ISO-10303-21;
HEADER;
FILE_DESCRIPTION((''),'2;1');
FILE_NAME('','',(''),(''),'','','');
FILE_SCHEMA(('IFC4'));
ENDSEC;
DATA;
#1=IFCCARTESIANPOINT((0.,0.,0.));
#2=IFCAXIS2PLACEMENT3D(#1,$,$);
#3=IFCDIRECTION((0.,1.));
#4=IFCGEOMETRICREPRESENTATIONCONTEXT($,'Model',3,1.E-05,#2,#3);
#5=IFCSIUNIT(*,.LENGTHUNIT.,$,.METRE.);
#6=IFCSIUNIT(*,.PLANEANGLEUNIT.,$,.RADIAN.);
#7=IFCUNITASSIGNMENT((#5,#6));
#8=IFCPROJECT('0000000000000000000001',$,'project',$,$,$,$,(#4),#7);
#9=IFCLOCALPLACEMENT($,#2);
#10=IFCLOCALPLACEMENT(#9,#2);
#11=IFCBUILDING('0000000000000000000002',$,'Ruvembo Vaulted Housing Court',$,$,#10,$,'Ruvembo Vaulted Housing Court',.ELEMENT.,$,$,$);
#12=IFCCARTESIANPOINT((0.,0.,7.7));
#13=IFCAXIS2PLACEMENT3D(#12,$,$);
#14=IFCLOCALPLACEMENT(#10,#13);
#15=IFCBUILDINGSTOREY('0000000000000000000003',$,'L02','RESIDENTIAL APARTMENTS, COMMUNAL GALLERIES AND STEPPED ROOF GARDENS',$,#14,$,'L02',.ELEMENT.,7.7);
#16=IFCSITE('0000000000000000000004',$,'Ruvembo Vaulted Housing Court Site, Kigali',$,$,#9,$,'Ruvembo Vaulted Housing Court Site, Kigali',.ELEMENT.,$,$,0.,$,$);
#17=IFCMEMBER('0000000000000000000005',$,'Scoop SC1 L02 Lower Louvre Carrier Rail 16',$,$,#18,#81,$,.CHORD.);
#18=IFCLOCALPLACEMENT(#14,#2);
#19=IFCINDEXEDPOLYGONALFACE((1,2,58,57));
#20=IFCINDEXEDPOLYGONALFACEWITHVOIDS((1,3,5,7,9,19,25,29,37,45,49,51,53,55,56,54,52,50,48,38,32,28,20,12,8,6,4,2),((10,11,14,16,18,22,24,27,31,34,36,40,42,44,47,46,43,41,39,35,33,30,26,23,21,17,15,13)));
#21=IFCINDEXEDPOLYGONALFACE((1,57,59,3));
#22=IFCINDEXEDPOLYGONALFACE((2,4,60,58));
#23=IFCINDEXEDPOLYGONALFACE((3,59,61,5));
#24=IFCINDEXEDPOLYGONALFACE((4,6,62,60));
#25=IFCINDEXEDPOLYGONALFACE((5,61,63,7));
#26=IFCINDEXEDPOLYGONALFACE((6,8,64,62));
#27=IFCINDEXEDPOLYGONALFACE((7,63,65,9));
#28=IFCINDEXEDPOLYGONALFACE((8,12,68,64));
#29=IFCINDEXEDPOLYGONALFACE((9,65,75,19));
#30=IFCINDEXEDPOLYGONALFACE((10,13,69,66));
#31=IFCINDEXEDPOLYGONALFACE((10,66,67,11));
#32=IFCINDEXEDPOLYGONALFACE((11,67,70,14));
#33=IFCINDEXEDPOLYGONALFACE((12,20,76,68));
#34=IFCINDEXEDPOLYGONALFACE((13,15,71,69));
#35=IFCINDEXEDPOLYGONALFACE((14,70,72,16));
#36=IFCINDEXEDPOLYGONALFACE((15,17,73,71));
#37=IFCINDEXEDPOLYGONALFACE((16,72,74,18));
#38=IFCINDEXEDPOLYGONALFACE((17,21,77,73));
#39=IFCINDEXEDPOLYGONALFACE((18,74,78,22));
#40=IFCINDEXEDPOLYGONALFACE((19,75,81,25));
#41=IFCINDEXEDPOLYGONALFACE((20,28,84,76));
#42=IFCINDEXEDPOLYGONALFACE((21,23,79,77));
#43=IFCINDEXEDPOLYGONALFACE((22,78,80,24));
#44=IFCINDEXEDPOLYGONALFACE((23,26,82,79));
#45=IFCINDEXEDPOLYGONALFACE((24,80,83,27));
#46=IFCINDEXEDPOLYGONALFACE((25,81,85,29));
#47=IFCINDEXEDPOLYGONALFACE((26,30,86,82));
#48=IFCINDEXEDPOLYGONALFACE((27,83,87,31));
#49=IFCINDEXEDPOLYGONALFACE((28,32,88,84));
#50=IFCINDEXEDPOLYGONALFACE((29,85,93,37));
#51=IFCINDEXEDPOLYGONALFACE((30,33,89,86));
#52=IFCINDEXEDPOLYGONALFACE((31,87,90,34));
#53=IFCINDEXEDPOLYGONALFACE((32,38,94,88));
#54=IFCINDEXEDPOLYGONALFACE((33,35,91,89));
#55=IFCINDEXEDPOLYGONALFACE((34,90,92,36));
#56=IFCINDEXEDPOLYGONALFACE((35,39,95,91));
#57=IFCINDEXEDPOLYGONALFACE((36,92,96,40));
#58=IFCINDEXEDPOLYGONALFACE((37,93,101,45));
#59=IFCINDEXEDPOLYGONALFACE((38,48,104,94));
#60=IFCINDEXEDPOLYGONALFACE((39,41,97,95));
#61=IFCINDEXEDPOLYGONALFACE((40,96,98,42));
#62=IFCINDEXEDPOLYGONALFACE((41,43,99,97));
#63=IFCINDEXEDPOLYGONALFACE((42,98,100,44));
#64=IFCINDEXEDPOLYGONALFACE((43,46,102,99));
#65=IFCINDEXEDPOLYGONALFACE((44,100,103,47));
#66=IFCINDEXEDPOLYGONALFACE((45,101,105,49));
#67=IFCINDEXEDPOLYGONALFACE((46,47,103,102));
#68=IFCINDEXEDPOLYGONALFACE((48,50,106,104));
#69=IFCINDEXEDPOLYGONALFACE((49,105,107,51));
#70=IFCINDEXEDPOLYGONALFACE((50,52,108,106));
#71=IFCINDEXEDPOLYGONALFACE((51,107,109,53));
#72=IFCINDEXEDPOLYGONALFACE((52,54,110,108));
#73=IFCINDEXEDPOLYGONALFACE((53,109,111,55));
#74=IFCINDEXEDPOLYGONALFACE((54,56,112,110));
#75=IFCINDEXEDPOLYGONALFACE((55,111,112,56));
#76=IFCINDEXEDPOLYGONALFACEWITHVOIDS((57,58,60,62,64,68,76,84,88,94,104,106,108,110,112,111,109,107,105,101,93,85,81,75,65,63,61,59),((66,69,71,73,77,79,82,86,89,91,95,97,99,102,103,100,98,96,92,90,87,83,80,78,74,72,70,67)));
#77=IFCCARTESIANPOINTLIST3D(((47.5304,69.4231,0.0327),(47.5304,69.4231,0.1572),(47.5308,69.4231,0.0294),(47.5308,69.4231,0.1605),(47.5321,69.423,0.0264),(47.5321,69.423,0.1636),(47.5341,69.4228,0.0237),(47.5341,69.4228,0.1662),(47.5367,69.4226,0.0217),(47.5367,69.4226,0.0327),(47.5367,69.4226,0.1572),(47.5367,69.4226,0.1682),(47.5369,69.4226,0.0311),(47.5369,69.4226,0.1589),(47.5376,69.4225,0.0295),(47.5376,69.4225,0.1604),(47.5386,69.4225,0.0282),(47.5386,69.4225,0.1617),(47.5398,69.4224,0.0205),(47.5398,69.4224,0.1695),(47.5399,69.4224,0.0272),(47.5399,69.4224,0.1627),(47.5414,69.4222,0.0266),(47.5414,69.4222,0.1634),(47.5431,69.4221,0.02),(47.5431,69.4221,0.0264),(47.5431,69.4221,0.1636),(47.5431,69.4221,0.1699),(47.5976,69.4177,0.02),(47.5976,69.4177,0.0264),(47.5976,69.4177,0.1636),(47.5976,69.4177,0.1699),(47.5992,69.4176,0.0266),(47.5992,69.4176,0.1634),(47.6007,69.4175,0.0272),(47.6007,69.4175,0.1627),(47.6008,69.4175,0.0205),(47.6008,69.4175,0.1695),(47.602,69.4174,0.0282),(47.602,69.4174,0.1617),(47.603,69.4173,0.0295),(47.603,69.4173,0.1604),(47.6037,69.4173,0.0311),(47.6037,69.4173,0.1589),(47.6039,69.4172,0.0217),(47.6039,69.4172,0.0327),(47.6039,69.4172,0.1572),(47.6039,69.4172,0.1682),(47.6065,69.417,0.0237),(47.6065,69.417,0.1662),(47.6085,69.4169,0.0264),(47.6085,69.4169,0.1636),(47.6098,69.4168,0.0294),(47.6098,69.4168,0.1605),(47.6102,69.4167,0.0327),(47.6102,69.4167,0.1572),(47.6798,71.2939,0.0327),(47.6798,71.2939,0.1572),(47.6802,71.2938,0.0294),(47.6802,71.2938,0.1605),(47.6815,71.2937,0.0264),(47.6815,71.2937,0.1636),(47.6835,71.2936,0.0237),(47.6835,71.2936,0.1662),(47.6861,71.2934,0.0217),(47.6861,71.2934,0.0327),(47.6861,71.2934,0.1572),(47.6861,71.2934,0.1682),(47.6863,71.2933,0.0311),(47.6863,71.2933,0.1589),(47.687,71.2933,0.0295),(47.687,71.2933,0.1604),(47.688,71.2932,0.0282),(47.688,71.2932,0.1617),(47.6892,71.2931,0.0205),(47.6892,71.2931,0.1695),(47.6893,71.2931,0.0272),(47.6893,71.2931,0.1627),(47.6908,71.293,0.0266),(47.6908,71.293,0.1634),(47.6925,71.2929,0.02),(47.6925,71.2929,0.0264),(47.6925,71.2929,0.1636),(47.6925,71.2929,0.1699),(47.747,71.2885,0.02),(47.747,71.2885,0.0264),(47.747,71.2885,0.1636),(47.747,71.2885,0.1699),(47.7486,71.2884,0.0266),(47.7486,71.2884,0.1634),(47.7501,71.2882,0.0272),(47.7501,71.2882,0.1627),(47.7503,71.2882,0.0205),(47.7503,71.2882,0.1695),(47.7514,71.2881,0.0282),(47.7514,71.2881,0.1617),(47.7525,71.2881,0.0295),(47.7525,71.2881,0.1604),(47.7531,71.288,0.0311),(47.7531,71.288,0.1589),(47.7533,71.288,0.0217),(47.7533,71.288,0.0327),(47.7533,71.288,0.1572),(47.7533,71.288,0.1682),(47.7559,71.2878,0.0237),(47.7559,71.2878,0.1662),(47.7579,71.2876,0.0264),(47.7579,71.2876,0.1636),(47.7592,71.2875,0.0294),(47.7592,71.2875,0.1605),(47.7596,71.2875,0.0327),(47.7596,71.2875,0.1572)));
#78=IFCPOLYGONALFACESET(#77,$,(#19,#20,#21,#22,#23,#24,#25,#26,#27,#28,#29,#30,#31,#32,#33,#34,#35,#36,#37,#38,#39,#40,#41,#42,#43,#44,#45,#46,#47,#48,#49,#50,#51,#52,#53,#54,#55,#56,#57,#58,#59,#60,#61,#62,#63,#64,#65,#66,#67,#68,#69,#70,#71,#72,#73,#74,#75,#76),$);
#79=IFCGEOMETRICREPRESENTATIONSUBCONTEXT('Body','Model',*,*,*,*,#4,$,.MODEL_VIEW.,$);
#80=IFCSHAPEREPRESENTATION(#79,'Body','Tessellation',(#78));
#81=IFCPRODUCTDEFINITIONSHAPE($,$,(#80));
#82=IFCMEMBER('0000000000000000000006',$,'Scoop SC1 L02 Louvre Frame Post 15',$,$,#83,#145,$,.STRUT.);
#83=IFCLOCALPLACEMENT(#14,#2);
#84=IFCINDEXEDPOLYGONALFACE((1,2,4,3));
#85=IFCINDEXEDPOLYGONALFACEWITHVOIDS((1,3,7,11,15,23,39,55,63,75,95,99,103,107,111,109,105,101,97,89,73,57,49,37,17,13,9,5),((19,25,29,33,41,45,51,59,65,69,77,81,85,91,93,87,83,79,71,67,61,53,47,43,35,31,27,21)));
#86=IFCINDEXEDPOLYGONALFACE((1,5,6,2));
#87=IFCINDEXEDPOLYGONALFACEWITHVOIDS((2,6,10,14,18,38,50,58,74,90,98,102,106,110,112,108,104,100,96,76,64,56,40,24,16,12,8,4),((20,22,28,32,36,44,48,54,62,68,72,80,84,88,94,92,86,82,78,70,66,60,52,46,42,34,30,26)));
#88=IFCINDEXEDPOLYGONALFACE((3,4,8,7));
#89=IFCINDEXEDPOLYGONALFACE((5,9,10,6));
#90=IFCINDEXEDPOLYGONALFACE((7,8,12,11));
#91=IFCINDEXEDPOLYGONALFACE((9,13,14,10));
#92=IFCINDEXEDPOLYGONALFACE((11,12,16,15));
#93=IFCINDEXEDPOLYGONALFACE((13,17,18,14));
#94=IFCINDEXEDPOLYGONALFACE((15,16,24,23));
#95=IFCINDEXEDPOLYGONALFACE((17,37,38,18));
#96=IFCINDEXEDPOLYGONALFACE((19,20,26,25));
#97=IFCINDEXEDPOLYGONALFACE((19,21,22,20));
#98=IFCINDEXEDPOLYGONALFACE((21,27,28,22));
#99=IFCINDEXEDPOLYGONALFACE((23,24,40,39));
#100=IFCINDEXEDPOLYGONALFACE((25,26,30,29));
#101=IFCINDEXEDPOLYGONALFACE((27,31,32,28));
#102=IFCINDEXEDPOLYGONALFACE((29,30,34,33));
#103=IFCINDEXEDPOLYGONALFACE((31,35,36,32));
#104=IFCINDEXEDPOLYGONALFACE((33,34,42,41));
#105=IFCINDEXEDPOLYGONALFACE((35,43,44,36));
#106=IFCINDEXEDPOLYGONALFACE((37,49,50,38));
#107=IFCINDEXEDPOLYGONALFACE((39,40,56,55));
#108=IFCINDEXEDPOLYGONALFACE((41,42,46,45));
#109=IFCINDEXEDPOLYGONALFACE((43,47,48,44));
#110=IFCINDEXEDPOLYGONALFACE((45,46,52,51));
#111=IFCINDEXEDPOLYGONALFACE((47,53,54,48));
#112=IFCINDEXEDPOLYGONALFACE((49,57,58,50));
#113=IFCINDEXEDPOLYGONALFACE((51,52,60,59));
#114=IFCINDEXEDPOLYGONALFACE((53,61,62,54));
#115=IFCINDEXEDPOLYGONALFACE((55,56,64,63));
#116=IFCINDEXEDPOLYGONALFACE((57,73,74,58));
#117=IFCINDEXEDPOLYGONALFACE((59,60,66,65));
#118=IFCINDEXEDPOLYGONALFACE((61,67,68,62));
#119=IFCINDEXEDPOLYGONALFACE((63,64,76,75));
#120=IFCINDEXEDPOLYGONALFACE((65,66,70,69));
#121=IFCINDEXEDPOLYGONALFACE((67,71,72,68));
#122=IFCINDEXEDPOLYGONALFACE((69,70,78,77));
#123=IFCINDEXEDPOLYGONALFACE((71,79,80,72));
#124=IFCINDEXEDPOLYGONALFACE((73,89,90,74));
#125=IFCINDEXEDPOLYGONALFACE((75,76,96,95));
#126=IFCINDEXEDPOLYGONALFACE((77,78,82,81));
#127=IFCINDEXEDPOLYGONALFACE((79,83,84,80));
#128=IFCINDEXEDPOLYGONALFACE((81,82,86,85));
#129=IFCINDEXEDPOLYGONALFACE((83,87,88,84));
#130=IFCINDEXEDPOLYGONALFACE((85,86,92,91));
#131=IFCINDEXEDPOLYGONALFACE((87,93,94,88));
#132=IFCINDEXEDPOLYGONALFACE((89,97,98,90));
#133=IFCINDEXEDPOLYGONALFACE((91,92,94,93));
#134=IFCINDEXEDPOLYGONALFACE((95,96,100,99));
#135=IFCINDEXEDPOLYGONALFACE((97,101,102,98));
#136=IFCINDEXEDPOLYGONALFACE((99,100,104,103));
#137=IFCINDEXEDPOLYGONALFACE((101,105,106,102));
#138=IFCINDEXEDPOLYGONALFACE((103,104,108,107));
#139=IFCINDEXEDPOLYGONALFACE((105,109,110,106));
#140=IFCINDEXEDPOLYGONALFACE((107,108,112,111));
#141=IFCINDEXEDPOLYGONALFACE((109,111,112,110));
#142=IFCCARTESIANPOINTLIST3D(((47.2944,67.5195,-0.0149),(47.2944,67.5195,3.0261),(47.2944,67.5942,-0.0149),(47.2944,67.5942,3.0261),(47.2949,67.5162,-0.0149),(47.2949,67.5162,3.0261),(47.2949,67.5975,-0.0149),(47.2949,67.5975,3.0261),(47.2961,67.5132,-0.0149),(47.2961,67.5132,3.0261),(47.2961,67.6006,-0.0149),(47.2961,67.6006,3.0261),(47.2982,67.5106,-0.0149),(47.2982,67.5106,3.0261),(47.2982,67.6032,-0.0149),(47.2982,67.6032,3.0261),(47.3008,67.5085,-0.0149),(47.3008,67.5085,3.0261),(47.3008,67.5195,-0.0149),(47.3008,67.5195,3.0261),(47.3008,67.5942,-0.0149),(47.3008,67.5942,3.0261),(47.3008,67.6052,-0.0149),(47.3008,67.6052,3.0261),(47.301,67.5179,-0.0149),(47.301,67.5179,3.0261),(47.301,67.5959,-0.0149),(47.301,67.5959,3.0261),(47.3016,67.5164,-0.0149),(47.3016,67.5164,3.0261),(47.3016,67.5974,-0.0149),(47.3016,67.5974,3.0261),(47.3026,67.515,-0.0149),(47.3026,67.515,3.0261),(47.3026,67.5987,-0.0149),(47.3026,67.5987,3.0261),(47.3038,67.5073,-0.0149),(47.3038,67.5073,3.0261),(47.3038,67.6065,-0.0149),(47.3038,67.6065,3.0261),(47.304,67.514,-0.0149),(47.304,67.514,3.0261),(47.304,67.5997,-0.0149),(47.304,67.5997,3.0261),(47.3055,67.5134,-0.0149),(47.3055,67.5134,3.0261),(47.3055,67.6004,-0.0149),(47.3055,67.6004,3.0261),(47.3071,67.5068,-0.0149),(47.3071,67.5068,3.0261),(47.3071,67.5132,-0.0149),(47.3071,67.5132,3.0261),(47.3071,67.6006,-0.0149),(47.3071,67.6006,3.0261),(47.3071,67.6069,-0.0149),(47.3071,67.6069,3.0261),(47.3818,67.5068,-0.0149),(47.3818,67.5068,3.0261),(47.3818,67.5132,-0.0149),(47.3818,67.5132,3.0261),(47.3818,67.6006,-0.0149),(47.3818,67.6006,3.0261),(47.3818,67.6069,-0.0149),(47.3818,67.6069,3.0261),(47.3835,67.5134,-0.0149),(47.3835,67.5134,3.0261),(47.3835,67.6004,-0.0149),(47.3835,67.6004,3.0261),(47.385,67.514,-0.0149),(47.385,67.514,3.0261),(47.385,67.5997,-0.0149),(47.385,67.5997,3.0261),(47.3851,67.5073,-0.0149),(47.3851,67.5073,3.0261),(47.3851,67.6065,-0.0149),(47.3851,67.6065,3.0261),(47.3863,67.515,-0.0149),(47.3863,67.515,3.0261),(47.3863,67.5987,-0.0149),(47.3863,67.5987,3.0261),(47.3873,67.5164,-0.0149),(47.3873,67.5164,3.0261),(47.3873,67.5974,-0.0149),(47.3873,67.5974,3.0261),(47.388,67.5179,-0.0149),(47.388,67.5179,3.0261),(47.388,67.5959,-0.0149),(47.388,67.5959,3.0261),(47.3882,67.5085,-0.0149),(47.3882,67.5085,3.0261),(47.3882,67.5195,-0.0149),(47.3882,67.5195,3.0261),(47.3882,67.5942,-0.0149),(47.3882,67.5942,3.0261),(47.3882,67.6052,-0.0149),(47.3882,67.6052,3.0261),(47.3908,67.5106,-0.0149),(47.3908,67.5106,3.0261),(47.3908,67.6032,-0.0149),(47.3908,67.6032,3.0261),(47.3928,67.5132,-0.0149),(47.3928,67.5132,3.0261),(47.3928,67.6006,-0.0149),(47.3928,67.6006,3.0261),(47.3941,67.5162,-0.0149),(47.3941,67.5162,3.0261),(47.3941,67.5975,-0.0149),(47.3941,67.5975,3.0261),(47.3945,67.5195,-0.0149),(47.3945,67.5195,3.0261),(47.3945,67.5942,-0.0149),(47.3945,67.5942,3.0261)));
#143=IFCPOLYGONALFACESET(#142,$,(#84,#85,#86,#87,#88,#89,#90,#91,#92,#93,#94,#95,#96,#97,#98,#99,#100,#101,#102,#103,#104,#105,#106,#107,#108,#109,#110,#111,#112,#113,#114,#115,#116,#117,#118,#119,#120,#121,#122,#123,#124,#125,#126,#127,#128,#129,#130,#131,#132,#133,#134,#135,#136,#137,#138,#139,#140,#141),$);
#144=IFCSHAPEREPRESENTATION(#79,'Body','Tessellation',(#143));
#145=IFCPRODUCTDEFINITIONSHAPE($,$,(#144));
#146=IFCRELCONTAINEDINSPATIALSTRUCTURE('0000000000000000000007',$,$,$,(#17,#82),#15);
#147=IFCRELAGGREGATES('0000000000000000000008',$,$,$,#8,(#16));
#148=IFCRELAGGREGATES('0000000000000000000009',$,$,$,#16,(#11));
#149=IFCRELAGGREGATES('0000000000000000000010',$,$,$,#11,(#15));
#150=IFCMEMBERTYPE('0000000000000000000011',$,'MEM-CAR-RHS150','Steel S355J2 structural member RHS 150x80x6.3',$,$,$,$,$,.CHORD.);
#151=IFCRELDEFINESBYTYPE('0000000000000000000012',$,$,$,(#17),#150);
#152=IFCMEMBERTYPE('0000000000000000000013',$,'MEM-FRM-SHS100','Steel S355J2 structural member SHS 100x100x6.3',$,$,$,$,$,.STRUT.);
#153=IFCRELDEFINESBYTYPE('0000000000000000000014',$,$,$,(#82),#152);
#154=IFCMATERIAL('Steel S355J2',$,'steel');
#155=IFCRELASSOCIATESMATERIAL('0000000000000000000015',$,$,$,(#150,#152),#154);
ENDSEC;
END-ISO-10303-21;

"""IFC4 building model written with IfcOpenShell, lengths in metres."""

from ifc_helpers import new_model, si_unit, direction, frame, origin, origin_2d, place, context, subcontext, project, spatial, hollow_rectangle, extrude, material, material_profile, profile_set, type_object, element, save


model = new_model("IFC4")

# Units and contexts
model_context = context("Model", 3, precision=1e-05, world=origin(), true_north=direction((0.0, 1.0)))
body_context = subcontext(model_context, "Body", "Model", "MODEL_VIEW")
ifc_project = project(units=[si_unit("LENGTHUNIT", "METRE"), si_unit("PLANEANGLEUNIT", "RADIAN")], contexts=[model_context])

# Site, building, storey
site_placement = place(None, origin())
site = spatial("IfcSite", under=ifc_project, at=site_placement, Name="Ruvembo Vaulted Housing Court Site, Kigali", LongName="Ruvembo Vaulted Housing Court Site, Kigali", CompositionType="ELEMENT", RefElevation=0.0)
building_placement = place(site_placement, origin())
building = spatial("IfcBuilding", under=site, at=building_placement, Name="Ruvembo Vaulted Housing Court", LongName="Ruvembo Vaulted Housing Court", CompositionType="ELEMENT")
storey_placement = place(building_placement, frame((0.0, 0.0, 7.7)))
storey = spatial("IfcBuildingStorey", under=building, at=storey_placement, Name="L02", Description="RESIDENTIAL APARTMENTS, COMMUNAL GALLERIES AND STEPPED ROOF GARDENS", LongName="L02", CompositionType="ELEMENT", Elevation=7.7)

# Shared definitions
ifc_material_1 = material(Name="Steel S355J2", Category="steel")

# Members
ifc_material_profile_1 = material_profile(ifc_material_1, hollow_rectangle(XDim=0.0801, YDim=0.1499, WallThickness=0.0063, InnerFilletRadius=0.0063, OuterFilletRadius=0.0127, at=origin_2d()), Name="RHS 150x80x6.3")
ifc_profile_set_1 = profile_set([ifc_material_profile_1], Name="Steel S355J2")
member_type_1 = type_object("IfcMemberType", Name="MEM-CAR-RHS150", Description="Steel S355J2 structural member RHS 150x80x6.3", PredefinedType="CHORD", material=ifc_profile_set_1)
for number, where, z_axis, x_axis, name in (
    (1, (47.5703, 69.4199, 0.095), (0.079611, 0.996826, 0.0), (-0.996826, 0.079611, 0.0), "Scoop SC1 L02 Lower Louvre Carrier Rail 16"),
):
    element("IfcMember", number, at=place(storey_placement, frame(where, z_axis=z_axis, x_axis=x_axis)), inside=storey, type_object=member_type_1, Name=name, PredefinedType="CHORD", context=body_context, shape_type="SweptSolid", body=[
        extrude(hollow_rectangle(XDim=0.0801, YDim=0.1499, WallThickness=0.0063, InnerFilletRadius=0.0063, OuterFilletRadius=0.0127, at=origin_2d()), origin(), (0.0, 0.0, 1.0), 1.8767),
    ])
ifc_material_profile_2 = material_profile(ifc_material_1, hollow_rectangle(XDim=0.1001, YDim=0.1001, WallThickness=0.0063, InnerFilletRadius=0.0063, OuterFilletRadius=0.0127, at=origin_2d()), Name="SHS 100x100x6.3")
ifc_profile_set_2 = profile_set([ifc_material_profile_2], Name="Steel S355J2")
member_type_2 = type_object("IfcMemberType", Name="MEM-FRM-SHS100", Description="Steel S355J2 structural member SHS 100x100x6.3", PredefinedType="STRUT", material=ifc_profile_set_2)
for number, where, z_axis, x_axis, name in (
    (2, (47.3445, 67.5569, -0.0149), (0.0, 0.0, 1.0), (1.0, 0.0, 0.0), "Scoop SC1 L02 Louvre Frame Post 15"),
):
    element("IfcMember", number, at=place(storey_placement, frame(where, z_axis=z_axis, x_axis=x_axis)), inside=storey, type_object=member_type_2, Name=name, PredefinedType="STRUT", context=body_context, shape_type="SweptSolid", body=[
        extrude(hollow_rectangle(XDim=0.1001, YDim=0.1001, WallThickness=0.0063, InnerFilletRadius=0.0063, OuterFilletRadius=0.0127, at=origin_2d()), origin(), (0.0, 0.0, 1.0), 3.041),
    ])

save(model, "model.ifc")
